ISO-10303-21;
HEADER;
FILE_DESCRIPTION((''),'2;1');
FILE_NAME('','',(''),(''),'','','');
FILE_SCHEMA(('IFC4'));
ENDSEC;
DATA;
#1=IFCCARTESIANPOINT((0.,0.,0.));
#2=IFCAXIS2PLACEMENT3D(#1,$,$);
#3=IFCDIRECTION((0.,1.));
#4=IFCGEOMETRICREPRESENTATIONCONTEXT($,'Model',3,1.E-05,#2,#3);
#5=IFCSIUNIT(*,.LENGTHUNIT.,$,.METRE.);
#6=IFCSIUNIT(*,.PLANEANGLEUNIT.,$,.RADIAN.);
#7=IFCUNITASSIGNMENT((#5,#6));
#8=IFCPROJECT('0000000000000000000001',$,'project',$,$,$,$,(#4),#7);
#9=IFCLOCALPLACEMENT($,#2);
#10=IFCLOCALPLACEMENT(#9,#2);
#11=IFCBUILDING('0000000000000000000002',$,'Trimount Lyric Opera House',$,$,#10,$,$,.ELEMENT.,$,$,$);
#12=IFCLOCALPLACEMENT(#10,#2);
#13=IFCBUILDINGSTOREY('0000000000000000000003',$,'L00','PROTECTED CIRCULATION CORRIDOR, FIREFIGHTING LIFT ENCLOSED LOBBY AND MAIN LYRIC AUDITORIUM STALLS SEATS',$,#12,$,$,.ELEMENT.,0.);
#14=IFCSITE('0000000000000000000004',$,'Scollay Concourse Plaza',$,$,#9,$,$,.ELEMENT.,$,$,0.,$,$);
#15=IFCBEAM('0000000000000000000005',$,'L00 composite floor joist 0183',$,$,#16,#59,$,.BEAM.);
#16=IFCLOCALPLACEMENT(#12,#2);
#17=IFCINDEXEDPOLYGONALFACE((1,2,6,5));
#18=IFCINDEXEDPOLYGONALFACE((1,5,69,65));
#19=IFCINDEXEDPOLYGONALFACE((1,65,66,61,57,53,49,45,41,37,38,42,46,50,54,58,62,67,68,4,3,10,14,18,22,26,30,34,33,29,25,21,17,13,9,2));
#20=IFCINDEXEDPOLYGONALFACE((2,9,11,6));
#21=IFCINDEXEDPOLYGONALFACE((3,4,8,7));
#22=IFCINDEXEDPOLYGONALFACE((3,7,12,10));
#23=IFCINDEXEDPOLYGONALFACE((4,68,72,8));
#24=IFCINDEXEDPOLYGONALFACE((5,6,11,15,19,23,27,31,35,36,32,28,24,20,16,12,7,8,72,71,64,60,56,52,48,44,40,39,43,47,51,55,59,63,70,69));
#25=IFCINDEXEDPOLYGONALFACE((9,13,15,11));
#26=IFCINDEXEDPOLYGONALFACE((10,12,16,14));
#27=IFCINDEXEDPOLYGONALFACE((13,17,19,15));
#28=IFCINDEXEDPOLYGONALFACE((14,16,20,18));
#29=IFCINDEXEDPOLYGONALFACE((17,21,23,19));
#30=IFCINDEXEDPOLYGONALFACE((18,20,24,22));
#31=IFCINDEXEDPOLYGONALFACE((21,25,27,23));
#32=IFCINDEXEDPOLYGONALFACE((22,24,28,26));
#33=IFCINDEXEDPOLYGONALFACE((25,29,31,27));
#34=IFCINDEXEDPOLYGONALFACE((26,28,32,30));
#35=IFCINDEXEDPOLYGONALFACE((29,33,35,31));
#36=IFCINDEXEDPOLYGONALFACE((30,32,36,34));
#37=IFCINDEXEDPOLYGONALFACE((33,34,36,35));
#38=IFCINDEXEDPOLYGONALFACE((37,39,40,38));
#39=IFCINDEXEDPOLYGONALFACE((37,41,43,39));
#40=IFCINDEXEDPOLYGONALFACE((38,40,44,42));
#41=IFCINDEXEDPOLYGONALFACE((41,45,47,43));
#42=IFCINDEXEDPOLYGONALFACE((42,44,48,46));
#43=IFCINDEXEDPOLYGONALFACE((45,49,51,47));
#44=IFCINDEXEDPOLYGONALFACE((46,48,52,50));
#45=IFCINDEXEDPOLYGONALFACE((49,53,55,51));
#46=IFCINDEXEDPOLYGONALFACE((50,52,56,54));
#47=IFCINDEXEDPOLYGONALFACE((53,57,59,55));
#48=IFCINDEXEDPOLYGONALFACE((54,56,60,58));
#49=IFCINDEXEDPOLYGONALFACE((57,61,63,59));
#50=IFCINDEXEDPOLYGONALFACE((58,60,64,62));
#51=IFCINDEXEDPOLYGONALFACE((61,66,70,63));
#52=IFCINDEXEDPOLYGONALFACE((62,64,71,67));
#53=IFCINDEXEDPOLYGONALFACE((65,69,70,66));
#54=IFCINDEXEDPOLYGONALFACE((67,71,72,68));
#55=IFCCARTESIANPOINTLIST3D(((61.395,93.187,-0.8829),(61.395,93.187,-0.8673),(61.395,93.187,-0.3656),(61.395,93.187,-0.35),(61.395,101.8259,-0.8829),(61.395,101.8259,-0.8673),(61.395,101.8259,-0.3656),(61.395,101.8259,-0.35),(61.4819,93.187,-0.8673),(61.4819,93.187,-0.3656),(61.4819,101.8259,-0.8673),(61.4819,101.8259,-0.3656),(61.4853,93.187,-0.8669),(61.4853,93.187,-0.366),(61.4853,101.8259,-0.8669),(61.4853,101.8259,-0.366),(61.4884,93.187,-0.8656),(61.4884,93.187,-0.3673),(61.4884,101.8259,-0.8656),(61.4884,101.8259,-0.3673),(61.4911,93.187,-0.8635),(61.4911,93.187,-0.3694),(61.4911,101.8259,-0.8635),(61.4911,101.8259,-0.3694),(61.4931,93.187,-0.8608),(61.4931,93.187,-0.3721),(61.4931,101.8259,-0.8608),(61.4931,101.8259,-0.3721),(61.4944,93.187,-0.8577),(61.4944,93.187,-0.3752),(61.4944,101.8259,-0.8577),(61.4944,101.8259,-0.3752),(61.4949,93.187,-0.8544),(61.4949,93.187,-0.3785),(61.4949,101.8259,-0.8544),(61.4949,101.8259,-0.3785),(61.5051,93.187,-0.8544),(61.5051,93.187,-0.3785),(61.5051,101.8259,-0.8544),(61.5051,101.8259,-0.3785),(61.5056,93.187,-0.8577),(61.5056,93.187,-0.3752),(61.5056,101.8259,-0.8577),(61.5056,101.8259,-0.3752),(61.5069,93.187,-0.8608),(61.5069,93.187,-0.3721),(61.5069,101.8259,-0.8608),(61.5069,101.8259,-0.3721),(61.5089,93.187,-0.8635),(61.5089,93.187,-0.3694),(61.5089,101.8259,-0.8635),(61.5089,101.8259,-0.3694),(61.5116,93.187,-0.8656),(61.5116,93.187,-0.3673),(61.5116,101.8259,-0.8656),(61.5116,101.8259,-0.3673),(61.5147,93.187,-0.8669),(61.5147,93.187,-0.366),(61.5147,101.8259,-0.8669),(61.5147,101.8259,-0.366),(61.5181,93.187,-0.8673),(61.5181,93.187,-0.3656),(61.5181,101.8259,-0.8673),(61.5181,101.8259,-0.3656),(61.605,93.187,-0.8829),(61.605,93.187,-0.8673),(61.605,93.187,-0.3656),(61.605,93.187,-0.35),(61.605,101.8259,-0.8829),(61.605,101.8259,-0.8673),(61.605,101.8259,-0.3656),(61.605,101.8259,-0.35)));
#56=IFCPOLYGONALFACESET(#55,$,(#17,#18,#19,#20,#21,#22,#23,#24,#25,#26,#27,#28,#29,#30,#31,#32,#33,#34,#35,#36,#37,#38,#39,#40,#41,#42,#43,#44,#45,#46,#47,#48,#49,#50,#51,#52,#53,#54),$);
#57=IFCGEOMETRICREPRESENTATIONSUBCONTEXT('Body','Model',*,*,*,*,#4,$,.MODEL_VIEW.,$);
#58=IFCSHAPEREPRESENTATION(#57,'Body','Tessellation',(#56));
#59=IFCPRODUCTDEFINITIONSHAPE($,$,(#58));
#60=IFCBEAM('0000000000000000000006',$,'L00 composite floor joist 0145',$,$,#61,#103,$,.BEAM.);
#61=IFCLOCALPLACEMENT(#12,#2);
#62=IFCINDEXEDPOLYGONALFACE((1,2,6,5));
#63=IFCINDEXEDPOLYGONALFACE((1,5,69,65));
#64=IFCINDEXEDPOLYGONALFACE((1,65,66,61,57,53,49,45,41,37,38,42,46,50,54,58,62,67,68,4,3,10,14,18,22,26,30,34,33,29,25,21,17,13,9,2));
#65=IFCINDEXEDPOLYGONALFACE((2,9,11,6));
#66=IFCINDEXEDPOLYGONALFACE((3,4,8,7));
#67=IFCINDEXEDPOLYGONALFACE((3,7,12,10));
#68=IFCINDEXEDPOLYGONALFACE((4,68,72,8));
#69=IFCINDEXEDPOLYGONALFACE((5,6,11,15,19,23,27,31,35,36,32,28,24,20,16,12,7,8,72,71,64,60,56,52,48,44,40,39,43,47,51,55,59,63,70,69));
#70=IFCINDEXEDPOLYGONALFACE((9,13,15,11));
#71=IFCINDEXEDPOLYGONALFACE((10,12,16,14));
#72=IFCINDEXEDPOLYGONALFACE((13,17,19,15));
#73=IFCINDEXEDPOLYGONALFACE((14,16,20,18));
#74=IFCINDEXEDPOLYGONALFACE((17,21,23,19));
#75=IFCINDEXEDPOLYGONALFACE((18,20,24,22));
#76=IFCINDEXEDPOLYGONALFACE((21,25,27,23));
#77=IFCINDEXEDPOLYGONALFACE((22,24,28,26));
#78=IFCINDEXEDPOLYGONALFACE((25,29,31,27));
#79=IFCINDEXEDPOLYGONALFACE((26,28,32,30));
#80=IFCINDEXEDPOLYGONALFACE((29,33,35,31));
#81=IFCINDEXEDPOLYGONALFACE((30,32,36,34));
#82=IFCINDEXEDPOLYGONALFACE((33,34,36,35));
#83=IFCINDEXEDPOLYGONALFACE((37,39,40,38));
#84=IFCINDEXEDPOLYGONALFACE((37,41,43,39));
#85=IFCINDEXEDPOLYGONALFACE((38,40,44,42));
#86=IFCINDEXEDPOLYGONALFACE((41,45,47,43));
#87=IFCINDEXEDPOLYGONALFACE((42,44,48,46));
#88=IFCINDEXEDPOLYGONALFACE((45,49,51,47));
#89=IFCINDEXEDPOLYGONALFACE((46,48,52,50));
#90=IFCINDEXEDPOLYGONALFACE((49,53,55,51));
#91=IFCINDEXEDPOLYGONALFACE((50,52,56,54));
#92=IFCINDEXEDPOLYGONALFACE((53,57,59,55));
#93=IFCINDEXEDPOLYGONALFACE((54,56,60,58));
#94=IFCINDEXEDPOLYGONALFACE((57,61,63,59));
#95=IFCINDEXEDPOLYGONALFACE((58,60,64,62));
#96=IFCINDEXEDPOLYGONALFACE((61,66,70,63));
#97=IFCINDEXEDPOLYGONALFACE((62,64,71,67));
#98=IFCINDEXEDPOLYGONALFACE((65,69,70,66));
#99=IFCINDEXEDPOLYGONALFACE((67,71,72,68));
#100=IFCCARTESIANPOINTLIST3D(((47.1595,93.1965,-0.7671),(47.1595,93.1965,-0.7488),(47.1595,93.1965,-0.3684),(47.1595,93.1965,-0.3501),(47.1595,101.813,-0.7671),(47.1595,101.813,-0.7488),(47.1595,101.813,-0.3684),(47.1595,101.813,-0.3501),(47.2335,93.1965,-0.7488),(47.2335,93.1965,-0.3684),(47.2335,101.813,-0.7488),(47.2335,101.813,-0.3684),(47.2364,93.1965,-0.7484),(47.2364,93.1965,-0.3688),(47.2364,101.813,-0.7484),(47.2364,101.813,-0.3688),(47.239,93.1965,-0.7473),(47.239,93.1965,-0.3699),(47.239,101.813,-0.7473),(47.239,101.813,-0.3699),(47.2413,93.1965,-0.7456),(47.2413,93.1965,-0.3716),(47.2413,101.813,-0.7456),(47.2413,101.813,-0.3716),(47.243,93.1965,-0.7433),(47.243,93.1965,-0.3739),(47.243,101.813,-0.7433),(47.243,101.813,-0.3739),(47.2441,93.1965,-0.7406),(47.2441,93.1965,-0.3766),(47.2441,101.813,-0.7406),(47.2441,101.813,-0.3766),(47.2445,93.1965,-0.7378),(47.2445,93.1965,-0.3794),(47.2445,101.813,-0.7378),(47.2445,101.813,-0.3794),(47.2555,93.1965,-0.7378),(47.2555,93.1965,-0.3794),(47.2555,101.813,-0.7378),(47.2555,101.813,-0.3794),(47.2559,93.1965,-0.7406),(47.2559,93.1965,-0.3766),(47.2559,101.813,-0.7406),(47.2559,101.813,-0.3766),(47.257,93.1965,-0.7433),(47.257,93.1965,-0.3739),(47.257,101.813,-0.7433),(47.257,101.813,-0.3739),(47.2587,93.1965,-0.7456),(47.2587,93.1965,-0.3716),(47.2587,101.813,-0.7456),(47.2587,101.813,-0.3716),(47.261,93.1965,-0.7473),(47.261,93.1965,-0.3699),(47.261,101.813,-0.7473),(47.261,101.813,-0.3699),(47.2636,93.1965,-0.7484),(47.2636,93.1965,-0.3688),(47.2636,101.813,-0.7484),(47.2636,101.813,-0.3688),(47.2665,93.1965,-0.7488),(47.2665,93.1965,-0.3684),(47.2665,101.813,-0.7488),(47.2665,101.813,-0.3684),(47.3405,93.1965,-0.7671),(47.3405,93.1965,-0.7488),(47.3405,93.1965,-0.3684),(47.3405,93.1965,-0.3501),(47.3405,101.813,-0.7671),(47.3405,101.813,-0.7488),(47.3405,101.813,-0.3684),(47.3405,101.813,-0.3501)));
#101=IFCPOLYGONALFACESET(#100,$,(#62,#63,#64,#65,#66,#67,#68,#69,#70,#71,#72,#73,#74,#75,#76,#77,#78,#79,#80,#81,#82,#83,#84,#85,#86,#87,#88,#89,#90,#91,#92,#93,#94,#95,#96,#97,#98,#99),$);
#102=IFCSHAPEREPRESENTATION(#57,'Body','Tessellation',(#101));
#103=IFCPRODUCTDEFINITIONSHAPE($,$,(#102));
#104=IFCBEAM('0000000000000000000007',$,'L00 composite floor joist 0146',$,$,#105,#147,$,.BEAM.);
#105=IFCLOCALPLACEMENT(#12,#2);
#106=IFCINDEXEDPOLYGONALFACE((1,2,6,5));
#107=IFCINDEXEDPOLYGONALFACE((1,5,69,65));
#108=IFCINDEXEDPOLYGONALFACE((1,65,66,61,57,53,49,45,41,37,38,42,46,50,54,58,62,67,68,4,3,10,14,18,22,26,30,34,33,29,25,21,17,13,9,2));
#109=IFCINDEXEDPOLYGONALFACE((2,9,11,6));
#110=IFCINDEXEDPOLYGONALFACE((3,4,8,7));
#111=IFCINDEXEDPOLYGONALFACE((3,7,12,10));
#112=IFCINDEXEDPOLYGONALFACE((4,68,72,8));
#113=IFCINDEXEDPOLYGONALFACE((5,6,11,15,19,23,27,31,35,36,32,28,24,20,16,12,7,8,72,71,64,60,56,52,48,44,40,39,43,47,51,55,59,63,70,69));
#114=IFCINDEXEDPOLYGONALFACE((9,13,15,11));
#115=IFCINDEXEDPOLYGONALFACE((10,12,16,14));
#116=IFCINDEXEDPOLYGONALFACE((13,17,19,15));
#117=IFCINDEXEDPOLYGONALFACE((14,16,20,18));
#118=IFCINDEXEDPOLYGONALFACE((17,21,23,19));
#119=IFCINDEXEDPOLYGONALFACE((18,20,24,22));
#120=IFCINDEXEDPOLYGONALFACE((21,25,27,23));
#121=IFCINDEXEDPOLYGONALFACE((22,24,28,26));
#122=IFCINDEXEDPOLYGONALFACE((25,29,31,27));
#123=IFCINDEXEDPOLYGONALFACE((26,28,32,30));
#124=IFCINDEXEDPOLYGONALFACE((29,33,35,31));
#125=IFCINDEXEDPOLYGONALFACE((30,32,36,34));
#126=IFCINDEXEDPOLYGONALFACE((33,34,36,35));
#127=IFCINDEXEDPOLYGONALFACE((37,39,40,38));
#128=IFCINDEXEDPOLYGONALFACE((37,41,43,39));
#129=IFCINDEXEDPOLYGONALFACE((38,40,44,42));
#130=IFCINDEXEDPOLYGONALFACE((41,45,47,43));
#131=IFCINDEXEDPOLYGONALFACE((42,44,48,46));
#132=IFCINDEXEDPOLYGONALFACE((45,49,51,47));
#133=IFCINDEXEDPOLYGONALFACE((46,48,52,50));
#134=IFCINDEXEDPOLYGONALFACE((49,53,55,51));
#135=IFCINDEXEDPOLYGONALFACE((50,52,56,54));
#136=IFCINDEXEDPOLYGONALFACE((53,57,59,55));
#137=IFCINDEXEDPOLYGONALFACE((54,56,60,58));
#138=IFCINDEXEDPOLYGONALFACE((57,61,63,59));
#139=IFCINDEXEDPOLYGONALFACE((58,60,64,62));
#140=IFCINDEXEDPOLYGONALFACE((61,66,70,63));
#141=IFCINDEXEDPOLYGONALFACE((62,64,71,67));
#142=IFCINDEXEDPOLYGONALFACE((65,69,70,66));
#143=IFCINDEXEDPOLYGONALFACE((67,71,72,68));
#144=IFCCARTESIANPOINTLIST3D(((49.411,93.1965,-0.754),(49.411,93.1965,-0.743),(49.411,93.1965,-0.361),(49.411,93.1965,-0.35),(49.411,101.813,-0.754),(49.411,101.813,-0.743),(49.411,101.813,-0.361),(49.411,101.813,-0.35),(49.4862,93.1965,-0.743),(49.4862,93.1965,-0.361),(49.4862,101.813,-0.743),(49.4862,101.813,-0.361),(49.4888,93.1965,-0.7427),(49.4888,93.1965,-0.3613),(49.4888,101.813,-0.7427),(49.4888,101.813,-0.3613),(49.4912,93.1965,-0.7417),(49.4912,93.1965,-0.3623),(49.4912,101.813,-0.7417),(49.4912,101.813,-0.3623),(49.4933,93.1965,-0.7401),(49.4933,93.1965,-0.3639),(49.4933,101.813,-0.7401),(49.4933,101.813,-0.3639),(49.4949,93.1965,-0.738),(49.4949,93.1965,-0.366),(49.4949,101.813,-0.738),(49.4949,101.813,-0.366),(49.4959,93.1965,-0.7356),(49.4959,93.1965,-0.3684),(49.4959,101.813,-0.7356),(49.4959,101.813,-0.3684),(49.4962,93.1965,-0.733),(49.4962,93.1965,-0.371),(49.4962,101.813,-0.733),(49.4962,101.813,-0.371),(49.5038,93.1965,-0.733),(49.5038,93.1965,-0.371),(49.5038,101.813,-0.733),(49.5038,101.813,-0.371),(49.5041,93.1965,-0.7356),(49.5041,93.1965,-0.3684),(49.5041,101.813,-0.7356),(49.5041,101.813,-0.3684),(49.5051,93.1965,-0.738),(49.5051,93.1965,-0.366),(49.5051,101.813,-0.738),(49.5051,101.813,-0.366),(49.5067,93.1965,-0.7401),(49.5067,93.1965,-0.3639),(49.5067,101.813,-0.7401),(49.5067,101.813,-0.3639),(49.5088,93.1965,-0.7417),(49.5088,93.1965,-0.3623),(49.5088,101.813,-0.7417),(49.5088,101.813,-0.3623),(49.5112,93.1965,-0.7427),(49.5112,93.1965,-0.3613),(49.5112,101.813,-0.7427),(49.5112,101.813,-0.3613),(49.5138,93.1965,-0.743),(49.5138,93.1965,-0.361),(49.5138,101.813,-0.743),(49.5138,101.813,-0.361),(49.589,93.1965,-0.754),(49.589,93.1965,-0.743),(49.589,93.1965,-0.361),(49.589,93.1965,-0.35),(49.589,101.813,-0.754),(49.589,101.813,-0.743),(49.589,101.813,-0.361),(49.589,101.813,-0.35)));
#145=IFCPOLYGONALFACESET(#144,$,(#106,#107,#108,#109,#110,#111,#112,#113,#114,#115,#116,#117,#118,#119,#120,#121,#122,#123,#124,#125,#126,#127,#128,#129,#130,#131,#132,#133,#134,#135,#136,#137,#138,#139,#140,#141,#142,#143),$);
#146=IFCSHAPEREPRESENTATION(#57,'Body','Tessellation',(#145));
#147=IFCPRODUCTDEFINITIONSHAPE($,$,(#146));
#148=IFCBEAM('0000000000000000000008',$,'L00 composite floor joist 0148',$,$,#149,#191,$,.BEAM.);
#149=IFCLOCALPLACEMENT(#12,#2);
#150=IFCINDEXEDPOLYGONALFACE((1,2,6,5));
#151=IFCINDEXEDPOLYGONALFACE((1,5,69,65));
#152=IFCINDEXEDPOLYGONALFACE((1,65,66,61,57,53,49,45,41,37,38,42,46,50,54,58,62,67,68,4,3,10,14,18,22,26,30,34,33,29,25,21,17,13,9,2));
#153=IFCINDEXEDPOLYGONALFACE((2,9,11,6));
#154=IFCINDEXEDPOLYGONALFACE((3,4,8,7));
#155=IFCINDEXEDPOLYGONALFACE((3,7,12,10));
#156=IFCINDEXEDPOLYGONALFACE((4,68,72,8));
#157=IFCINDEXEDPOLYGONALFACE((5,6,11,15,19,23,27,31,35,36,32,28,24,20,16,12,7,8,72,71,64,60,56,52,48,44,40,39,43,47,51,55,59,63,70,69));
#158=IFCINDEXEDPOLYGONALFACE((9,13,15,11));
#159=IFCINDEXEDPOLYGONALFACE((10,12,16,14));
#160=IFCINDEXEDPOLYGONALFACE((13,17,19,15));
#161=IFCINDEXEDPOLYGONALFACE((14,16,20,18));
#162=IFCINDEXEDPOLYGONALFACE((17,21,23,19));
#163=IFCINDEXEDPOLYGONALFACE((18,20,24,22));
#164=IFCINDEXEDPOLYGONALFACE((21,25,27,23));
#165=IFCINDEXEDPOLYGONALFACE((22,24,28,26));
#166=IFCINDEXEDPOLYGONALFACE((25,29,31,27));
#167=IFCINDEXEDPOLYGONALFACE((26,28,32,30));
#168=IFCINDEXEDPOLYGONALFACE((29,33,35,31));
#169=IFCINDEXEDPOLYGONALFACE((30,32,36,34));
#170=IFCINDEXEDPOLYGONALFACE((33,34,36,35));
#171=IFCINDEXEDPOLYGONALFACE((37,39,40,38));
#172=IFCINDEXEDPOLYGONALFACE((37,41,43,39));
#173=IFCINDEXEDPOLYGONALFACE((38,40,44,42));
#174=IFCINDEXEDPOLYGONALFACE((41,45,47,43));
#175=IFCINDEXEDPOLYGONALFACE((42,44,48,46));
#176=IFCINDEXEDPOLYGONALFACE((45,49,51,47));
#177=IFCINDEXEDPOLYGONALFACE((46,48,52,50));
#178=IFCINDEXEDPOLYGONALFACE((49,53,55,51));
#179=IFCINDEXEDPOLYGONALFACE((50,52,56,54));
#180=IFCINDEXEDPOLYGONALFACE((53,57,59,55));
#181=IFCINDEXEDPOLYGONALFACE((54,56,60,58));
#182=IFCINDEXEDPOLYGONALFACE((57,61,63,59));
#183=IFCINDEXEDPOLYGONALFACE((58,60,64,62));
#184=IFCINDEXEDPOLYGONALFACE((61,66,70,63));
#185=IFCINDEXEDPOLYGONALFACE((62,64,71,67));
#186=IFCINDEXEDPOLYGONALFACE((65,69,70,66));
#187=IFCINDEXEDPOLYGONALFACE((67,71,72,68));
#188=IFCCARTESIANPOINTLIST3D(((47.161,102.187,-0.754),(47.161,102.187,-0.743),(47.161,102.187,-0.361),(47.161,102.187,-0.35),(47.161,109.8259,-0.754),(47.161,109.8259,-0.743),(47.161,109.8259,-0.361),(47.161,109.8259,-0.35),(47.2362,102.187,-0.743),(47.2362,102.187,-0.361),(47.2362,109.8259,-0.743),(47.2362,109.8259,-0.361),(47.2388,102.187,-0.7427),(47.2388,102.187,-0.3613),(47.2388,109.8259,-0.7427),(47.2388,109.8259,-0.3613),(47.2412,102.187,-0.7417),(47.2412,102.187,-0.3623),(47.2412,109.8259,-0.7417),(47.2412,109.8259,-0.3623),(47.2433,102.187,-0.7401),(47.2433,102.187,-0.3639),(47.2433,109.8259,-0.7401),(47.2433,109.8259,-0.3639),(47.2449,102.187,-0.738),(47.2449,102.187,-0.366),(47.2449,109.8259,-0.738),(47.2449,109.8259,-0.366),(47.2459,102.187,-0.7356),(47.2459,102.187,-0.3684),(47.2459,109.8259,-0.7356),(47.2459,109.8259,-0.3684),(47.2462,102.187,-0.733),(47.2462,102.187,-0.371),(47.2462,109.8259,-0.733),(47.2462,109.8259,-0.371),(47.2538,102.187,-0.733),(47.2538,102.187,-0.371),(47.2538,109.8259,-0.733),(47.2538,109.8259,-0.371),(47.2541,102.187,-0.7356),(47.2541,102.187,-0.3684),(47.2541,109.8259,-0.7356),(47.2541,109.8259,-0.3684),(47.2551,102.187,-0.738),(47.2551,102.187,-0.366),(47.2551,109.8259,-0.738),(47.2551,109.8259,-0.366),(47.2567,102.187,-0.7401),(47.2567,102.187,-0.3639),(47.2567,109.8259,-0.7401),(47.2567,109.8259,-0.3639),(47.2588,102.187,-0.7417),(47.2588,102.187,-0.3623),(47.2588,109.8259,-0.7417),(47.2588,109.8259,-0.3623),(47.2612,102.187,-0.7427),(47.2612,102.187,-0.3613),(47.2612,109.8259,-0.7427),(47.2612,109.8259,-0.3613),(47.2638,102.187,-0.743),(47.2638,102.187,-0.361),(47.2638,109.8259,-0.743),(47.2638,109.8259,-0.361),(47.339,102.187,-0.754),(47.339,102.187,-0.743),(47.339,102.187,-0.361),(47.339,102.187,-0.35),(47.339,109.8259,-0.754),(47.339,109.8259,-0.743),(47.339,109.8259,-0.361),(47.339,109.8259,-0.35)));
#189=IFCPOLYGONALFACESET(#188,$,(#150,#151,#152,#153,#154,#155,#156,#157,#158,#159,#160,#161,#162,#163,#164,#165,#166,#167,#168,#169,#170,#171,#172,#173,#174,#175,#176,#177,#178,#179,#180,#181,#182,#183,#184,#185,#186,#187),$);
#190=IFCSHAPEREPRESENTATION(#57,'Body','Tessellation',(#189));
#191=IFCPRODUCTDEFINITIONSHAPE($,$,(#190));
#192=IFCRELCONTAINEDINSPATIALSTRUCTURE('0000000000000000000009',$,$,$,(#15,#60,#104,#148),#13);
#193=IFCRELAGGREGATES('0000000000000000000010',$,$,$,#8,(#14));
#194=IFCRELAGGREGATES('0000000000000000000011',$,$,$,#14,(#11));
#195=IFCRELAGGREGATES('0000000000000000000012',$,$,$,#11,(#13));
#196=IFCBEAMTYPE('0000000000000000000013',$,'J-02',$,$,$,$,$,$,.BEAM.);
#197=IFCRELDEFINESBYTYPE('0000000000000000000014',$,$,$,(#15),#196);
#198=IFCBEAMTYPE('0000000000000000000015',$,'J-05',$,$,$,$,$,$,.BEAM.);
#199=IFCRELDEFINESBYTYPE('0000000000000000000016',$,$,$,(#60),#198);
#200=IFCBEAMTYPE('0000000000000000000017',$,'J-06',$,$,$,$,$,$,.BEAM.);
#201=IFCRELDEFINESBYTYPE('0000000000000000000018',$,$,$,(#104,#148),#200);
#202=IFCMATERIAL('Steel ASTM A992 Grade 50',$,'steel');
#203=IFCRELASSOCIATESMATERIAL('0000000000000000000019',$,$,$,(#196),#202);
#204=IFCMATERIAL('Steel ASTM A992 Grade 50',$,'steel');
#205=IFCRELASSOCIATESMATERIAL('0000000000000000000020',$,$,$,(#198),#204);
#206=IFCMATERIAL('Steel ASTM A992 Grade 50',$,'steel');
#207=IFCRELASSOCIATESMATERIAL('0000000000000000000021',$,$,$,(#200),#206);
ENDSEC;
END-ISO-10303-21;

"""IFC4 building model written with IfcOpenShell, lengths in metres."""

from ifc_helpers import new_model, si_unit, direction, frame, origin, origin_2d, place, context, subcontext, project, spatial, i_section, extrude, material, material_profile, profile_set, type_object, element, save


model = new_model("IFC4")

# Units and contexts
model_context = context("Model", 3, precision=1e-05, world=origin(), true_north=direction((0.0, 1.0)))
body_context = subcontext(model_context, "Body", "Model", "MODEL_VIEW")
ifc_project = project(units=[si_unit("LENGTHUNIT", "METRE"), si_unit("PLANEANGLEUNIT", "RADIAN")], contexts=[model_context])

# Site, building, storey
site_placement = place(None, origin())
site = spatial("IfcSite", under=ifc_project, at=site_placement, Name="Scollay Concourse Plaza", CompositionType="ELEMENT", RefElevation=0.0)
building_placement = place(site_placement, origin())
building = spatial("IfcBuilding", under=site, at=building_placement, Name="Trimount Lyric Opera House", CompositionType="ELEMENT")
storey_placement = place(building_placement, origin())
storey = spatial("IfcBuildingStorey", under=building, at=storey_placement, Name="L00", Description="PROTECTED CIRCULATION CORRIDOR, FIREFIGHTING LIFT ENCLOSED LOBBY AND MAIN LYRIC AUDITORIUM STALLS SEATS", CompositionType="ELEMENT", Elevation=0.0)

# Beams
ifc_material_1 = material(Name="Steel ASTM A992 Grade 50", Category="steel")
ifc_material_profile_1 = material_profile(ifc_material_1, i_section(OverallWidth=0.21, OverallDepth=0.533, WebThickness=0.0103, FlangeThickness=0.0156, FilletRadius=0.0129, at=origin_2d()), Name="W21X62")
ifc_profile_set_1 = profile_set([ifc_material_profile_1], Name="Steel ASTM A992 Grade 50")
beam_type_1 = type_object("IfcBeamType", Name="J-02", PredefinedType="BEAM", material=ifc_profile_set_1)
beam_1_placement = place(storey_placement, frame((61.5, 93.187, -0.6165), z_axis=(0.0, 1.0, 0.0), x_axis=(-1.0, 0.0, 0.0)))
element("IfcBeam", 1, at=beam_1_placement, inside=storey, type_object=beam_type_1, Name="L00 composite floor joist 0183", PredefinedType="BEAM", context=body_context, shape_type="SweptSolid", body=[
    extrude(i_section(OverallWidth=0.21, OverallDepth=0.533, WebThickness=0.0103, FlangeThickness=0.0156, FilletRadius=0.0129, at=origin_2d()), origin(), (0.0, 0.0, 1.0), 8.6389),
])
ifc_material_2 = material(Name="Steel ASTM A992 Grade 50", Category="steel")
ifc_material_profile_2 = material_profile(ifc_material_2, i_section(OverallWidth=0.1809, OverallDepth=0.417, WebThickness=0.011, FlangeThickness=0.0183, FilletRadius=0.011, at=origin_2d()), Name="W16X57")
ifc_profile_set_2 = profile_set([ifc_material_profile_2], Name="Steel ASTM A992 Grade 50")
beam_type_2 = type_object("IfcBeamType", Name="J-05", PredefinedType="BEAM", material=ifc_profile_set_2)
beam_2_placement = place(storey_placement, frame((47.25, 93.1965, -0.5586), z_axis=(0.0, 1.0, 0.0), x_axis=(-1.0, 0.0, 0.0)))
element("IfcBeam", 2, at=beam_2_placement, inside=storey, type_object=beam_type_2, Name="L00 composite floor joist 0145", PredefinedType="BEAM", context=body_context, shape_type="SweptSolid", body=[
    extrude(i_section(OverallWidth=0.1809, OverallDepth=0.417, WebThickness=0.011, FlangeThickness=0.0183, FilletRadius=0.011, at=origin_2d()), origin(), (0.0, 0.0, 1.0), 8.6165),
])
ifc_material_3 = material(Name="Steel ASTM A992 Grade 50", Category="steel")
ifc_material_profile_3 = material_profile(ifc_material_3, i_section(OverallWidth=0.178, OverallDepth=0.4041, WebThickness=0.0076, FlangeThickness=0.011, FilletRadius=0.01, at=origin_2d()), Name="W16X36")
ifc_profile_set_3 = profile_set([ifc_material_profile_3], Name="Steel ASTM A992 Grade 50")
beam_type_3 = type_object("IfcBeamType", Name="J-06", PredefinedType="BEAM", material=ifc_profile_set_3)
beam_3_placement = place(storey_placement, frame((49.5, 93.1965, -0.552), z_axis=(0.0, 1.0, 0.0), x_axis=(-1.0, 0.0, 0.0)))
element("IfcBeam", 3, at=beam_3_placement, inside=storey, type_object=beam_type_3, Name="L00 composite floor joist 0146", PredefinedType="BEAM", context=body_context, shape_type="SweptSolid", body=[
    extrude(i_section(OverallWidth=0.178, OverallDepth=0.4041, WebThickness=0.0076, FlangeThickness=0.011, FilletRadius=0.01, at=origin_2d()), origin(), (0.0, 0.0, 1.0), 8.6165),
])
beam_4_placement = place(storey_placement, frame((47.25, 102.187, -0.552), z_axis=(0.0, 1.0, 0.0), x_axis=(-1.0, 0.0, 0.0)))
element("IfcBeam", 4, at=beam_4_placement, inside=storey, type_object=beam_type_3, Name="L00 composite floor joist 0148", PredefinedType="BEAM", context=body_context, shape_type="SweptSolid", body=[
    extrude(i_section(OverallWidth=0.178, OverallDepth=0.4041, WebThickness=0.0076, FlangeThickness=0.011, FilletRadius=0.01, at=origin_2d()), origin(), (0.0, 0.0, 1.0), 7.6389),
])

save(model, "model.ifc")
